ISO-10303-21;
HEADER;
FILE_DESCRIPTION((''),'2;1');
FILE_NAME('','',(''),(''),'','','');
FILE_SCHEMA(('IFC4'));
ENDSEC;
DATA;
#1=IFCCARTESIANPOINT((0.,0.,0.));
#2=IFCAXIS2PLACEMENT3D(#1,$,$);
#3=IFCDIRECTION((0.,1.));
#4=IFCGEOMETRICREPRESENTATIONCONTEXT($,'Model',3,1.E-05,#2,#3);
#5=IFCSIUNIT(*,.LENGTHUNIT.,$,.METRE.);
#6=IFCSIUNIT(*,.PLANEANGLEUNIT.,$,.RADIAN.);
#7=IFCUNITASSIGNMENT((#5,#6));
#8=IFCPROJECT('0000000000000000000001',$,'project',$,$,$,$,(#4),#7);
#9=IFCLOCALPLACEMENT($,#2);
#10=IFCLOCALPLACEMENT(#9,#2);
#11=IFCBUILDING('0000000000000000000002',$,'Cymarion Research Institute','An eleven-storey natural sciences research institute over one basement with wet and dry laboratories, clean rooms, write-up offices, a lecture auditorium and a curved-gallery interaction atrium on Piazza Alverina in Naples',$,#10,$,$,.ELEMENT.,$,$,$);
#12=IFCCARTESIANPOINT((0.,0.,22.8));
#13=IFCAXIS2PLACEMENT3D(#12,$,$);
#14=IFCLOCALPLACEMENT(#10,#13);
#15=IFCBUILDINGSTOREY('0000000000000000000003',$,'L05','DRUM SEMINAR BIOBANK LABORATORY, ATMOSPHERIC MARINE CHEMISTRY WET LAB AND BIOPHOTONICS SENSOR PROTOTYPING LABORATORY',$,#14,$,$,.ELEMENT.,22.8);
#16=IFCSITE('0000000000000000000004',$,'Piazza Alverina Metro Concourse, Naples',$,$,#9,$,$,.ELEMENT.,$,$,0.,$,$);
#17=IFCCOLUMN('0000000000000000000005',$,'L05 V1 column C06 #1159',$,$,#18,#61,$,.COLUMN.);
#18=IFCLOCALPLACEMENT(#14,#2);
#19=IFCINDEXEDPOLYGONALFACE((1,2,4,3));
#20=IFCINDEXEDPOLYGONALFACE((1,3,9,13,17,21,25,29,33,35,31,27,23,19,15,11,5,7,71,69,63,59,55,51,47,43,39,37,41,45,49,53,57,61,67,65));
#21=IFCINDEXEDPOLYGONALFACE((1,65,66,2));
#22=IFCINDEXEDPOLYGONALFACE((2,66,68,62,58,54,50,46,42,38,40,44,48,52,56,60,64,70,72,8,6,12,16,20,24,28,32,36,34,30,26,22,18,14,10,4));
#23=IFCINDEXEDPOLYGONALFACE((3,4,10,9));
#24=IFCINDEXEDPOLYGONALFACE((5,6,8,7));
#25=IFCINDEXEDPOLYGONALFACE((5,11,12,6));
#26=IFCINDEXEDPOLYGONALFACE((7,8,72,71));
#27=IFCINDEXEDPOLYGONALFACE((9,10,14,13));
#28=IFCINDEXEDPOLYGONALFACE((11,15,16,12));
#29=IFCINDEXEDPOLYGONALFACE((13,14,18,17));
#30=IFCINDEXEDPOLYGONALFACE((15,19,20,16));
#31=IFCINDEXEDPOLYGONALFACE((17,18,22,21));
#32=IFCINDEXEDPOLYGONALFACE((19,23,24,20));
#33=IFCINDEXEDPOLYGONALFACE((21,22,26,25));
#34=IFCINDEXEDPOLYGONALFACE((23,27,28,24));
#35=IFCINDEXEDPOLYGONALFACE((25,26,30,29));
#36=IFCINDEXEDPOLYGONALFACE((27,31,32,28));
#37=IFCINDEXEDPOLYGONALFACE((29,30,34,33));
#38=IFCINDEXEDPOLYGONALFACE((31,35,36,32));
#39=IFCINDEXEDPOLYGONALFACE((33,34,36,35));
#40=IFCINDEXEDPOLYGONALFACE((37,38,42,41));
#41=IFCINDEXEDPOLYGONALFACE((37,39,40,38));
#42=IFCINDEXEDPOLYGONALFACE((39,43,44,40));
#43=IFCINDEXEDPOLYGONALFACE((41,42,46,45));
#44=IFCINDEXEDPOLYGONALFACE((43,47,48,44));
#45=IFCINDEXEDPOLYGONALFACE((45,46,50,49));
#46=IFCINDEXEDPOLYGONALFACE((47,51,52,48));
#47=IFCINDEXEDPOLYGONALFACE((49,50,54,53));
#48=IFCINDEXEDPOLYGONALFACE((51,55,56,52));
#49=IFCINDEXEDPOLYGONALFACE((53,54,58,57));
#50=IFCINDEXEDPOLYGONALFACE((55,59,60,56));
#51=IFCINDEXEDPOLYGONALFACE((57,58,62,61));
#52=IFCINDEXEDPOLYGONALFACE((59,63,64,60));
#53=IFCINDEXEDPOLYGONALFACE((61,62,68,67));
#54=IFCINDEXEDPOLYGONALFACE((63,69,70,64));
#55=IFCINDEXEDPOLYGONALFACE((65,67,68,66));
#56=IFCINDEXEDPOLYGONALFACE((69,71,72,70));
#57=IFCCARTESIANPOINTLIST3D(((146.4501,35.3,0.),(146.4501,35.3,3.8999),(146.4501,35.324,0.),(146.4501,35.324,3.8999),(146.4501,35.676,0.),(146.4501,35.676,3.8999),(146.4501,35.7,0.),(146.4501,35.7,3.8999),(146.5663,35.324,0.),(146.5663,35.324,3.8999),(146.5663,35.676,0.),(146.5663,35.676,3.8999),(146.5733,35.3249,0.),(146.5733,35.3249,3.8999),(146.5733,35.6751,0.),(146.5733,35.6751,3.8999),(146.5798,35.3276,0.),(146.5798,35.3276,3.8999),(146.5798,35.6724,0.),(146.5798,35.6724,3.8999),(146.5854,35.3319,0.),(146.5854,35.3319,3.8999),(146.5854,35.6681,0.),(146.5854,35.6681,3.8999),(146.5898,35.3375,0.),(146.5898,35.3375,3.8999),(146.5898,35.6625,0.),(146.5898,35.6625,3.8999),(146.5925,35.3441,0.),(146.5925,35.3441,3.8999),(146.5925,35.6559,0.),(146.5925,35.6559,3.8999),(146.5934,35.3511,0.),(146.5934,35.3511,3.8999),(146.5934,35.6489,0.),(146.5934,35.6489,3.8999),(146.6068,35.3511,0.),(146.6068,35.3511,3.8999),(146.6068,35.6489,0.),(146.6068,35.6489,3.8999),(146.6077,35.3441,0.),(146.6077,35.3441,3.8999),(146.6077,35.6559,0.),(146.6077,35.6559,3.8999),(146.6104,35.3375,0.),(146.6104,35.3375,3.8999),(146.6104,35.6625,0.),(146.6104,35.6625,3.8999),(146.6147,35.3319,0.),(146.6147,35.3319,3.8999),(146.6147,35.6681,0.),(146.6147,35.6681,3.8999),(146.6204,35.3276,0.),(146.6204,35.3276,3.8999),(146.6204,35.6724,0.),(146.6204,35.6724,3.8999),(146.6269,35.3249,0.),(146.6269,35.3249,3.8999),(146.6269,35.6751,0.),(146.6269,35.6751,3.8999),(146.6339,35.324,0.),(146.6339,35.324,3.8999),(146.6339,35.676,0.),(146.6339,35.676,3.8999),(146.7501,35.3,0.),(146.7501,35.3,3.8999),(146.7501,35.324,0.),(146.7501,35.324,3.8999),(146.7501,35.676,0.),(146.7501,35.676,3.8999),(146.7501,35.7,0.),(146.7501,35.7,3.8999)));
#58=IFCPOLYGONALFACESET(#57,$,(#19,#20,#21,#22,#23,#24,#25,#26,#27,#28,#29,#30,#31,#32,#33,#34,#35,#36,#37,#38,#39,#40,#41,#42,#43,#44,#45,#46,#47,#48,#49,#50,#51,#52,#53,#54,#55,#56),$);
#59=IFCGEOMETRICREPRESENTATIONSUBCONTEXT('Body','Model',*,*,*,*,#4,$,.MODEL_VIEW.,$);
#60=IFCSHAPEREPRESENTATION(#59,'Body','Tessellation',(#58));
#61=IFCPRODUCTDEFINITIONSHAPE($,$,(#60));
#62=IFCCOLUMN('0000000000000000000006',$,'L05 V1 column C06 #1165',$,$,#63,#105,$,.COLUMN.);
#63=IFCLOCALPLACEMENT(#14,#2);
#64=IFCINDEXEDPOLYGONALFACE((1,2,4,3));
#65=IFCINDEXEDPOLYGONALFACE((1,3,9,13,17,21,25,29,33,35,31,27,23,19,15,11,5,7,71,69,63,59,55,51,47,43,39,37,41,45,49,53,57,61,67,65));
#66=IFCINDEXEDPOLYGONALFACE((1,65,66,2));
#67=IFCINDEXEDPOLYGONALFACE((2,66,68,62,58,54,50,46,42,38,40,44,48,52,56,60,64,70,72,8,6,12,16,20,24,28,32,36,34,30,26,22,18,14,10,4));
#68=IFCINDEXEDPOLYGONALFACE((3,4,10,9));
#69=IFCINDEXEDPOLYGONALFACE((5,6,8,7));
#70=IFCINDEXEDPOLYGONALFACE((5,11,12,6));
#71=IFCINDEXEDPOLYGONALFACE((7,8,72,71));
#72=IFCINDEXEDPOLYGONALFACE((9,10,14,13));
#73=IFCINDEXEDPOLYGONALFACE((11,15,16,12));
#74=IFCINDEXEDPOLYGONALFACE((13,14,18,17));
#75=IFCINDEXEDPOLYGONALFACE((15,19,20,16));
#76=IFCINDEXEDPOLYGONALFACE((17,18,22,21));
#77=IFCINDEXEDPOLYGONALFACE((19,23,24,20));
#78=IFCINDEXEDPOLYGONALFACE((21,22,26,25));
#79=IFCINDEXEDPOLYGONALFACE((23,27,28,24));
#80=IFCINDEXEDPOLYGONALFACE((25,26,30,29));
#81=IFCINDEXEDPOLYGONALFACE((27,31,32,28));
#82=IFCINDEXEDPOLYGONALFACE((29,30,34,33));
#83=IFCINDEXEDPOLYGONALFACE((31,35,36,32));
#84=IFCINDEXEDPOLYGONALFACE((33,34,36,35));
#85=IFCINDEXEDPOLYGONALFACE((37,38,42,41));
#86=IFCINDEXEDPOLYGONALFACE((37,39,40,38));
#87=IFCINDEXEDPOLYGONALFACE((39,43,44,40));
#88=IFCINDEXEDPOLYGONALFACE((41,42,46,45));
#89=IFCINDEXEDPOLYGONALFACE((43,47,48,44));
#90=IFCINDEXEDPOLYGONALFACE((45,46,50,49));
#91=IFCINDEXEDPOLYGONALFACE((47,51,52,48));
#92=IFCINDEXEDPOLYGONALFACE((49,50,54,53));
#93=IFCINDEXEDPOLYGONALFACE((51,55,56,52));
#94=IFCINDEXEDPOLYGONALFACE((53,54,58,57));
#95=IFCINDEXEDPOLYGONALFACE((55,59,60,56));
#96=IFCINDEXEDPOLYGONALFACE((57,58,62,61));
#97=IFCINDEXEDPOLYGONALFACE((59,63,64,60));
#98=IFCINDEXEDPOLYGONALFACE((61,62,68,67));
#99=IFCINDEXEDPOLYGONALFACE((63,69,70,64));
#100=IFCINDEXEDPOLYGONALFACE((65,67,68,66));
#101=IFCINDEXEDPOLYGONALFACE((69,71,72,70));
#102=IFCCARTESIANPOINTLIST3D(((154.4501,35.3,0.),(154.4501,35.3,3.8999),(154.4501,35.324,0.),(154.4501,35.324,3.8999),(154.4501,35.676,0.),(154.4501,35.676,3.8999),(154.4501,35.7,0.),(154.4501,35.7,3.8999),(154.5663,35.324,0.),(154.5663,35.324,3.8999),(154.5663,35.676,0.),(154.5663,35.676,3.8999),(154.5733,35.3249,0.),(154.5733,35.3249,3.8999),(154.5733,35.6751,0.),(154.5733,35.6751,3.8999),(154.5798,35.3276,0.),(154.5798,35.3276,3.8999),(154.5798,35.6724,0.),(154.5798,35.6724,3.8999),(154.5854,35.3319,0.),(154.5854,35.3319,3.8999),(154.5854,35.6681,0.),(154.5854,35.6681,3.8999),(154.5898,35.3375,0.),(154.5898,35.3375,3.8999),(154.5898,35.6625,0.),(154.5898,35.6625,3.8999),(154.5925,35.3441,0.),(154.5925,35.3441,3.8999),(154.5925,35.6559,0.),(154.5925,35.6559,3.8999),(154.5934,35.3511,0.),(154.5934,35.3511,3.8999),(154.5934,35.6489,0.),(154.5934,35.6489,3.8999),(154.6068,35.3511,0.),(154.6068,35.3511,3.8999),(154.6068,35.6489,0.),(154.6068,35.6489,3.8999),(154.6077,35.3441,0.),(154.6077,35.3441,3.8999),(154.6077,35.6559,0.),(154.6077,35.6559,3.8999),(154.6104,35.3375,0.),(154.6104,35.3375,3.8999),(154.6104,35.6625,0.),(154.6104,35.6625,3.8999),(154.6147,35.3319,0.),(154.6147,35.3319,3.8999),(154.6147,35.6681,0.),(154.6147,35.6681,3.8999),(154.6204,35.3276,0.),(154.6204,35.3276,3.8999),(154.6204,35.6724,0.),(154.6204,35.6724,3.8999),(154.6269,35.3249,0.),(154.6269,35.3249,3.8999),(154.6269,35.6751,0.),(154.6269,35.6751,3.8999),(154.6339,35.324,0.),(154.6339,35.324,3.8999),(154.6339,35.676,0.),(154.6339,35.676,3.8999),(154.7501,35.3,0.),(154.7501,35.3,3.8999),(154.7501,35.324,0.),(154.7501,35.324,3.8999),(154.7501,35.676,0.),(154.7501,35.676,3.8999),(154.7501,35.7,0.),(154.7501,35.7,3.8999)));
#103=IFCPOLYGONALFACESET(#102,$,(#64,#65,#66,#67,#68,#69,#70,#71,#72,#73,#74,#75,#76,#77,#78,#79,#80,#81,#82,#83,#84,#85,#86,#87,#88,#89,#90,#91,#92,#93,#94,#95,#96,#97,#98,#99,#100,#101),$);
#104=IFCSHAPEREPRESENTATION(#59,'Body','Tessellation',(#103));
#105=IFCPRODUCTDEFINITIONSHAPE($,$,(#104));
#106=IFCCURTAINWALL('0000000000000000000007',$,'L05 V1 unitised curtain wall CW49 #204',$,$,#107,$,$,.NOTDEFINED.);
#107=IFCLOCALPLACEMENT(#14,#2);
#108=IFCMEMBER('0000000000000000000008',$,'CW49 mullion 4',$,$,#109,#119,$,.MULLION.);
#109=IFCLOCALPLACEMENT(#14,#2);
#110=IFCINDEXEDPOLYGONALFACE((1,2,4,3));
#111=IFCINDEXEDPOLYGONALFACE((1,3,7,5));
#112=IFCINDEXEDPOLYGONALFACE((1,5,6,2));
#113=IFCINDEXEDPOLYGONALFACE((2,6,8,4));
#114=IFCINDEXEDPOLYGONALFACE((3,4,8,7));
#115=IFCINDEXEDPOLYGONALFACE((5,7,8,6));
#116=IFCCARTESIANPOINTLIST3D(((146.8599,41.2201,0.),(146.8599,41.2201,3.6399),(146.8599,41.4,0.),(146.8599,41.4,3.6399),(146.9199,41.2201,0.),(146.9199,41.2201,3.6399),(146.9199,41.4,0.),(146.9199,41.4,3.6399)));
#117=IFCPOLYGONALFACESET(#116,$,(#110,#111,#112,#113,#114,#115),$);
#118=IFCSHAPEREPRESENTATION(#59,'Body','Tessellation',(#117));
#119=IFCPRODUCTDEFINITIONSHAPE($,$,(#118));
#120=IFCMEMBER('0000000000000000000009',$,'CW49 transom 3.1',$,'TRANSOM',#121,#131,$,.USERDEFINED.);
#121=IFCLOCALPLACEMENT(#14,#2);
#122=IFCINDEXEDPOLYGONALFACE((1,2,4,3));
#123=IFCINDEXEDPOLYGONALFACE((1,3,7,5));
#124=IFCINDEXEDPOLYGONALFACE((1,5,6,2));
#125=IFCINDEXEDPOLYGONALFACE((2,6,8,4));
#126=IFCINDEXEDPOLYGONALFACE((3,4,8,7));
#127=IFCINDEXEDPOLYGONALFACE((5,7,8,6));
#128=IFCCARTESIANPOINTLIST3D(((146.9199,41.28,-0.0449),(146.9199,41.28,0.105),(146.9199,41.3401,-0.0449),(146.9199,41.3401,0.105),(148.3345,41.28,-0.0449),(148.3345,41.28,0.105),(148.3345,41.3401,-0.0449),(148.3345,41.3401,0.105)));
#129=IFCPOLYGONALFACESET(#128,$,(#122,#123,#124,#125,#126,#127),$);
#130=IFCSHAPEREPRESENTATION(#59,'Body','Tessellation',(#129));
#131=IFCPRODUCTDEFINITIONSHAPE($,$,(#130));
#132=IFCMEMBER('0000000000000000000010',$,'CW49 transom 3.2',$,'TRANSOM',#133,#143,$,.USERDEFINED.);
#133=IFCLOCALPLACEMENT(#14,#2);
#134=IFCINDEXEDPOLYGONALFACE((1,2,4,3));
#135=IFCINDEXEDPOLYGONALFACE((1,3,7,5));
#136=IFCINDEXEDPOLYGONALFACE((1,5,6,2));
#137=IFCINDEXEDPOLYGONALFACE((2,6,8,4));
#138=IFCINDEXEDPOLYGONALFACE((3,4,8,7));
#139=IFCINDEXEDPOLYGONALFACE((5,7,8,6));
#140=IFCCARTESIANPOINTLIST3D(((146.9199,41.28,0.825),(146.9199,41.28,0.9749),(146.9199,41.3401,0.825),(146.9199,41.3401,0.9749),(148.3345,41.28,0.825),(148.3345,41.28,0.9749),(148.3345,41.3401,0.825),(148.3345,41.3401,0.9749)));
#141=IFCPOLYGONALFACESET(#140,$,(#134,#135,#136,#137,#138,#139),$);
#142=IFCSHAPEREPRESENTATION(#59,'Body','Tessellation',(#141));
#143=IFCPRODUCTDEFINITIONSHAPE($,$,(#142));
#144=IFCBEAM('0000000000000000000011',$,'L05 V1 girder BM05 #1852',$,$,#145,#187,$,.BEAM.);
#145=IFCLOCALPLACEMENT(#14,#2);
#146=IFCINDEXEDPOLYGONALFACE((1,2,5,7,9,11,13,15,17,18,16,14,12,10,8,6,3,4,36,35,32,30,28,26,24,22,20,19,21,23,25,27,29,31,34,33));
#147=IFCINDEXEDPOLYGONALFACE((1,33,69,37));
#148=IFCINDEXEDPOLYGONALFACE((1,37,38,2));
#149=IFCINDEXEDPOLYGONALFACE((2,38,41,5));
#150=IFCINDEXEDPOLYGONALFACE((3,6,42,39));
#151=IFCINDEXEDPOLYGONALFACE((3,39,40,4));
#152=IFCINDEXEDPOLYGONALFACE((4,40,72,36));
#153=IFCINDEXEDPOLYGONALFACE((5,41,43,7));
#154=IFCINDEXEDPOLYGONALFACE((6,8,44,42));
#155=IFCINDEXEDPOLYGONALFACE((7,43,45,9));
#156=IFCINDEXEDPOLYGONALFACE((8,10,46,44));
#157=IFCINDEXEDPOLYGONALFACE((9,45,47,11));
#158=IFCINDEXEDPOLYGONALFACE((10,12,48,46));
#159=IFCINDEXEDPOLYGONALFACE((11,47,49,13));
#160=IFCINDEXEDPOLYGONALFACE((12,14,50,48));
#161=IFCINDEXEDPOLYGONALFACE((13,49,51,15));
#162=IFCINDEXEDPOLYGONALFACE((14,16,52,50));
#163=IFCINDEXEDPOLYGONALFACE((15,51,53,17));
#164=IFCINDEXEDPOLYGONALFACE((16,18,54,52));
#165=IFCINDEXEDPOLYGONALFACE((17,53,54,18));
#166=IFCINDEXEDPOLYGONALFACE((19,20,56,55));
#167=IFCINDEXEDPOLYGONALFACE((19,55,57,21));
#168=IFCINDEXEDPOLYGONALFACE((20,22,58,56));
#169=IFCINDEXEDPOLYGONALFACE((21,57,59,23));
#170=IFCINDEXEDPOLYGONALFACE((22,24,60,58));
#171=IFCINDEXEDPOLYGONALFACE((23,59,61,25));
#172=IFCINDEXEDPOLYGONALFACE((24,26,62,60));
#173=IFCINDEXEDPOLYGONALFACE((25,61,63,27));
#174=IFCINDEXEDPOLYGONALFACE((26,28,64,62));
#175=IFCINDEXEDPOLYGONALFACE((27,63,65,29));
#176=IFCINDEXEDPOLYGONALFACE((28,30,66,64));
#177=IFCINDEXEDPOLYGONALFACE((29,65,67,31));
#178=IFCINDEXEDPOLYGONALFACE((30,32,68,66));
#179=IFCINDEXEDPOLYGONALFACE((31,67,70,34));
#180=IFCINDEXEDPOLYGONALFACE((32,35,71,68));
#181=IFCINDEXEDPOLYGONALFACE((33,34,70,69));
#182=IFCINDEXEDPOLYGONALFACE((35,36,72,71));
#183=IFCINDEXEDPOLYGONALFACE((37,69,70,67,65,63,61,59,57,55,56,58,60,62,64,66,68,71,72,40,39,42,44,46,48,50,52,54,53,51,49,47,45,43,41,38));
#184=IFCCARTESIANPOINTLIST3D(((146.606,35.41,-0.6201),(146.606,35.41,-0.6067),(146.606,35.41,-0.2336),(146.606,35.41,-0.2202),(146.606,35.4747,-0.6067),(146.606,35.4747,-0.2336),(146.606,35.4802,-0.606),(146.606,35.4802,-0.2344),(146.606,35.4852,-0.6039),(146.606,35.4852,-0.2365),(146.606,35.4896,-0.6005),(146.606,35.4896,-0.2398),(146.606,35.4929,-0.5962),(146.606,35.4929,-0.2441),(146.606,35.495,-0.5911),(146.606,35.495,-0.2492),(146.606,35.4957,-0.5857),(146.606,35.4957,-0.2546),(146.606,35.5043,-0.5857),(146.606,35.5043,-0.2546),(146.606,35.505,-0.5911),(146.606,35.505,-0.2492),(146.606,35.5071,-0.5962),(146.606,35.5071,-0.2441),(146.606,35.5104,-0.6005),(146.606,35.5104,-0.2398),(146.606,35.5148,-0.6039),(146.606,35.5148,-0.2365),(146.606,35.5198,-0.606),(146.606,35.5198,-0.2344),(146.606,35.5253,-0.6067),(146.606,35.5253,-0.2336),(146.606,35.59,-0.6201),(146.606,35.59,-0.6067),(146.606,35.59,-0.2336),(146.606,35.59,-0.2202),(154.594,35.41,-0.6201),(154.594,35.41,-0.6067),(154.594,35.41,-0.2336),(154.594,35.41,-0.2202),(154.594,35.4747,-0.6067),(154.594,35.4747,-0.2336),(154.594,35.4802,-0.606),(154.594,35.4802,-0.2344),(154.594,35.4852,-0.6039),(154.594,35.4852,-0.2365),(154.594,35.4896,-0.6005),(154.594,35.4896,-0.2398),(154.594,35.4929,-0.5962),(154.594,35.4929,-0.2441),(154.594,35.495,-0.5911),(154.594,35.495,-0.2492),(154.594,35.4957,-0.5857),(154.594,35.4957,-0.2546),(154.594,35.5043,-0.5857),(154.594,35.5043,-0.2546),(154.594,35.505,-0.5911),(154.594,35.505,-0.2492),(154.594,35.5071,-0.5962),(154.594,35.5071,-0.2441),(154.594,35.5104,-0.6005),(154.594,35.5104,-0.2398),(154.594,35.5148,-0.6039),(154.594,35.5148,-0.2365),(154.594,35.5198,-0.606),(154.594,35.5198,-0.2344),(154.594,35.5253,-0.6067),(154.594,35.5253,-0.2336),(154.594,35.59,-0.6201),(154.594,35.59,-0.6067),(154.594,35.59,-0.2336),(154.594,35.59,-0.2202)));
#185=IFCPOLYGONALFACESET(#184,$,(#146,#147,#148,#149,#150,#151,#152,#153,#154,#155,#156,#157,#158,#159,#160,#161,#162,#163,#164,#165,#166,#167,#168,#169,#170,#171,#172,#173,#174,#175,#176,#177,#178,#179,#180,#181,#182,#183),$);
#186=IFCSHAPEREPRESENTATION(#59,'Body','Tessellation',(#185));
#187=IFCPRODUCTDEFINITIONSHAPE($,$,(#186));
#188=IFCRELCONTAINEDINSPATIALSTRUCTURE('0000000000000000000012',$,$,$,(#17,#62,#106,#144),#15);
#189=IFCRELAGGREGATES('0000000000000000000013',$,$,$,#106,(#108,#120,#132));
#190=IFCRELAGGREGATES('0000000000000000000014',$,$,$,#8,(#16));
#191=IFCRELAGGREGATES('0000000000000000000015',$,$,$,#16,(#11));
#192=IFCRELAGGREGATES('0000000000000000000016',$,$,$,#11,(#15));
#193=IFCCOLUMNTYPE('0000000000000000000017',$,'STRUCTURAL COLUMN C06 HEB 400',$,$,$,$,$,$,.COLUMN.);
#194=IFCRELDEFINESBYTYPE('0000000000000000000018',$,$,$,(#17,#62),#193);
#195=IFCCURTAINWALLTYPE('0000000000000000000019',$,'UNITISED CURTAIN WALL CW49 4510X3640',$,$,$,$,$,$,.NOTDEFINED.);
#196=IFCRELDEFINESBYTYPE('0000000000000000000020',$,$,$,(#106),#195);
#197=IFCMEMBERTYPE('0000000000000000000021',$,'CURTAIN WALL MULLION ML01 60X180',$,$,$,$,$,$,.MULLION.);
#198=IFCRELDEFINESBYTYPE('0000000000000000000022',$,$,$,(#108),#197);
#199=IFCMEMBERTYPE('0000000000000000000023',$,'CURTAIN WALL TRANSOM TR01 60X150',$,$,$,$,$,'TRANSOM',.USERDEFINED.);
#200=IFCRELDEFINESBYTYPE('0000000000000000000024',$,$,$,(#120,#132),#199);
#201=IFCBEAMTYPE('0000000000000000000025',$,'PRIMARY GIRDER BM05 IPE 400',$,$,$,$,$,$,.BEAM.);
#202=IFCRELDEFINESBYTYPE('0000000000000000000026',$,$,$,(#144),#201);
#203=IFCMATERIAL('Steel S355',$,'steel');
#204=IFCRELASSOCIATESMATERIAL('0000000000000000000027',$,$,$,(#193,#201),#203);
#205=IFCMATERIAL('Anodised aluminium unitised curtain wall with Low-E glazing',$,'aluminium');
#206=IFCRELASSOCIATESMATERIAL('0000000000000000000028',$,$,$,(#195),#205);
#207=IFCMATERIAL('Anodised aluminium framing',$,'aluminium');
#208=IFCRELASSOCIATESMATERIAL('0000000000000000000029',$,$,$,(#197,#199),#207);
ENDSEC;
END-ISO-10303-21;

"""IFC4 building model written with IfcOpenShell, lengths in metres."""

from ifc_helpers import new_model, si_unit, direction, frame, origin, origin_2d, place, context, subcontext, project, spatial, rectangle, i_section, extrude, material, material_profile, profile_set, type_object, element, aggregate, save


model = new_model("IFC4")

# Units and contexts
model_context = context("Model", 3, precision=1e-05, world=origin(), true_north=direction((0.0, 1.0)))
body_context = subcontext(model_context, "Body", "Model", "MODEL_VIEW")
ifc_project = project(units=[si_unit("LENGTHUNIT", "METRE"), si_unit("PLANEANGLEUNIT", "RADIAN")], contexts=[model_context])

# Site, building, storey
site_placement = place(None, origin())
site = spatial("IfcSite", under=ifc_project, at=site_placement, Name="Piazza Alverina Metro Concourse, Naples", CompositionType="ELEMENT", RefElevation=0.0)
building_placement = place(site_placement, origin())
building = spatial("IfcBuilding", under=site, at=building_placement, Name="Cymarion Research Institute", Description="An eleven-storey natural sciences research institute over one basement with wet and dry laboratories, clean rooms, write-up offices, a lecture auditorium and a curved-gallery interaction atrium on Piazza Alverina in Naples", CompositionType="ELEMENT")
storey_placement = place(building_placement, frame((0.0, 0.0, 22.8)))
storey = spatial("IfcBuildingStorey", under=building, at=storey_placement, Name="L05", Description="DRUM SEMINAR BIOBANK LABORATORY, ATMOSPHERIC MARINE CHEMISTRY WET LAB AND BIOPHOTONICS SENSOR PROTOTYPING LABORATORY", CompositionType="ELEMENT", Elevation=22.8)

# Columns
ifc_material_1 = material(Name="Steel S355", Category="steel")
ifc_material_profile_1 = material_profile(ifc_material_1, i_section(OverallWidth=0.3, OverallDepth=0.3999, WebThickness=0.0134, FlangeThickness=0.0239, FilletRadius=0.0271, at=origin_2d()), Name="HEB 400")
ifc_profile_set_1 = profile_set([ifc_material_profile_1], Name="Steel S355")
column_type = type_object("IfcColumnType", Name="STRUCTURAL COLUMN C06 HEB 400", PredefinedType="COLUMN", material=ifc_profile_set_1)
for number, where, z_axis, x_axis, name in (
    (1, (146.6001, 35.5, 0.0), (0.0, 0.0, 1.0), (1.0, 0.0, 0.0), "L05 V1 column C06 #1159"),
    (2, (154.6001, 35.5, 0.0), (0.0, 0.0, 1.0), (1.0, 0.0, 0.0), "L05 V1 column C06 #1165"),
):
    element("IfcColumn", number, at=place(storey_placement, frame(where, z_axis=z_axis, x_axis=x_axis)), inside=storey, type_object=column_type, Name=name, PredefinedType="COLUMN", context=body_context, shape_type="SweptSolid", body=[
        extrude(i_section(OverallWidth=0.3, OverallDepth=0.3999, WebThickness=0.0134, FlangeThickness=0.0239, FilletRadius=0.0271, at=origin_2d()), origin(), (0.0, 0.0, 1.0), 3.8999),
    ])

# Curtain wall, members
ifc_material_2 = material(Name="Anodised aluminium unitised curtain wall with Low-E glazing", Category="aluminium")
curtain_wall_type = type_object("IfcCurtainWallType", Name="UNITISED CURTAIN WALL CW49 4510X3640", PredefinedType="NOTDEFINED", material=ifc_material_2)
curtain_wall_placement = place(storey_placement, origin())
curtain_wall = element("IfcCurtainWall", 3, at=curtain_wall_placement, inside=storey, type_object=curtain_wall_type, Name="L05 V1 unitised curtain wall CW49 #204", PredefinedType="NOTDEFINED")
ifc_material_3 = material(Name="Anodised aluminium framing", Category="aluminium")
ifc_material_profile_2 = material_profile(ifc_material_3, rectangle(XDim=0.0601, YDim=0.1799, at=origin_2d()), Name="ALU MULLION 60x180")
ifc_profile_set_2 = profile_set([ifc_material_profile_2], Name="Anodised aluminium framing")
member_type_1 = type_object("IfcMemberType", Name="CURTAIN WALL MULLION ML01 60X180", PredefinedType="MULLION", material=ifc_profile_set_2)
member_1_placement = place(storey_placement, frame((146.8899, 41.3101, 0.0), z_axis=(0.0, 0.0, 1.0), x_axis=(-1.0, 0.0, 0.0)))
member_1 = element("IfcMember", 4, at=member_1_placement, type_object=member_type_1, Name="CW49 mullion 4", PredefinedType="MULLION", context=body_context, shape_type="SweptSolid", body=[
    extrude(rectangle(XDim=0.0601, YDim=0.1799, at=origin_2d()), origin(), (0.0, 0.0, 1.0), 3.6399),
])
ifc_material_profile_3 = material_profile(ifc_material_3, rectangle(XDim=0.0601, YDim=0.1499, at=origin_2d()), Name="ALU TRANSOM 60x150")
ifc_profile_set_3 = profile_set([ifc_material_profile_3], Name="Anodised aluminium framing")
member_type_2 = type_object("IfcMemberType", Name="CURTAIN WALL TRANSOM TR01 60X150", ElementType="TRANSOM", PredefinedType="USERDEFINED", material=ifc_profile_set_3)
member_2_placement = place(storey_placement, frame((148.3345, 41.3101, 0.03), z_axis=(-1.0, 0.0, 0.0), x_axis=(0.0, -1.0, 0.0)))
member_2 = element("IfcMember", 5, at=member_2_placement, type_object=member_type_2, Name="CW49 transom 3.1", ObjectType="TRANSOM", PredefinedType="USERDEFINED", context=body_context, shape_type="SweptSolid", body=[
    extrude(rectangle(XDim=0.0601, YDim=0.1499, at=origin_2d()), origin(), (0.0, 0.0, 1.0), 1.4146),
])
member_3_placement = place(storey_placement, frame((148.3345, 41.3101, 0.8999), z_axis=(-1.0, 0.0, 0.0), x_axis=(0.0, -1.0, 0.0)))
member_3 = element("IfcMember", 6, at=member_3_placement, type_object=member_type_2, Name="CW49 transom 3.2", ObjectType="TRANSOM", PredefinedType="USERDEFINED", context=body_context, shape_type="SweptSolid", body=[
    extrude(rectangle(XDim=0.0601, YDim=0.1499, at=origin_2d()), origin(), (0.0, 0.0, 1.0), 1.4146),
])

# Beam
ifc_material_profile_4 = material_profile(ifc_material_1, i_section(OverallWidth=0.1799, OverallDepth=0.3999, WebThickness=0.0085, FlangeThickness=0.0134, FilletRadius=0.021, at=origin_2d()), Name="IPE 400")
ifc_profile_set_4 = profile_set([ifc_material_profile_4], Name="Steel S355")
beam_type_1 = type_object("IfcBeamType", Name="PRIMARY GIRDER BM05 IPE 400", PredefinedType="BEAM", material=ifc_profile_set_4)
beam_1_placement = place(storey_placement, frame((146.606, 35.5, -0.4202), z_axis=(1.0, 0.0, 0.0), x_axis=(0.0, 1.0, 0.0)))
element("IfcBeam", 7, at=beam_1_placement, inside=storey, type_object=beam_type_1, Name="L05 V1 girder BM05 #1852", PredefinedType="BEAM", context=body_context, shape_type="SweptSolid", body=[
    extrude(i_section(OverallWidth=0.1799, OverallDepth=0.3999, WebThickness=0.0085, FlangeThickness=0.0134, FilletRadius=0.021, at=origin_2d()), origin(), (0.0, 0.0, 1.0), 7.988),
])

aggregate(curtain_wall, [member_1, member_2, member_3])

save(model, "model.ifc")
